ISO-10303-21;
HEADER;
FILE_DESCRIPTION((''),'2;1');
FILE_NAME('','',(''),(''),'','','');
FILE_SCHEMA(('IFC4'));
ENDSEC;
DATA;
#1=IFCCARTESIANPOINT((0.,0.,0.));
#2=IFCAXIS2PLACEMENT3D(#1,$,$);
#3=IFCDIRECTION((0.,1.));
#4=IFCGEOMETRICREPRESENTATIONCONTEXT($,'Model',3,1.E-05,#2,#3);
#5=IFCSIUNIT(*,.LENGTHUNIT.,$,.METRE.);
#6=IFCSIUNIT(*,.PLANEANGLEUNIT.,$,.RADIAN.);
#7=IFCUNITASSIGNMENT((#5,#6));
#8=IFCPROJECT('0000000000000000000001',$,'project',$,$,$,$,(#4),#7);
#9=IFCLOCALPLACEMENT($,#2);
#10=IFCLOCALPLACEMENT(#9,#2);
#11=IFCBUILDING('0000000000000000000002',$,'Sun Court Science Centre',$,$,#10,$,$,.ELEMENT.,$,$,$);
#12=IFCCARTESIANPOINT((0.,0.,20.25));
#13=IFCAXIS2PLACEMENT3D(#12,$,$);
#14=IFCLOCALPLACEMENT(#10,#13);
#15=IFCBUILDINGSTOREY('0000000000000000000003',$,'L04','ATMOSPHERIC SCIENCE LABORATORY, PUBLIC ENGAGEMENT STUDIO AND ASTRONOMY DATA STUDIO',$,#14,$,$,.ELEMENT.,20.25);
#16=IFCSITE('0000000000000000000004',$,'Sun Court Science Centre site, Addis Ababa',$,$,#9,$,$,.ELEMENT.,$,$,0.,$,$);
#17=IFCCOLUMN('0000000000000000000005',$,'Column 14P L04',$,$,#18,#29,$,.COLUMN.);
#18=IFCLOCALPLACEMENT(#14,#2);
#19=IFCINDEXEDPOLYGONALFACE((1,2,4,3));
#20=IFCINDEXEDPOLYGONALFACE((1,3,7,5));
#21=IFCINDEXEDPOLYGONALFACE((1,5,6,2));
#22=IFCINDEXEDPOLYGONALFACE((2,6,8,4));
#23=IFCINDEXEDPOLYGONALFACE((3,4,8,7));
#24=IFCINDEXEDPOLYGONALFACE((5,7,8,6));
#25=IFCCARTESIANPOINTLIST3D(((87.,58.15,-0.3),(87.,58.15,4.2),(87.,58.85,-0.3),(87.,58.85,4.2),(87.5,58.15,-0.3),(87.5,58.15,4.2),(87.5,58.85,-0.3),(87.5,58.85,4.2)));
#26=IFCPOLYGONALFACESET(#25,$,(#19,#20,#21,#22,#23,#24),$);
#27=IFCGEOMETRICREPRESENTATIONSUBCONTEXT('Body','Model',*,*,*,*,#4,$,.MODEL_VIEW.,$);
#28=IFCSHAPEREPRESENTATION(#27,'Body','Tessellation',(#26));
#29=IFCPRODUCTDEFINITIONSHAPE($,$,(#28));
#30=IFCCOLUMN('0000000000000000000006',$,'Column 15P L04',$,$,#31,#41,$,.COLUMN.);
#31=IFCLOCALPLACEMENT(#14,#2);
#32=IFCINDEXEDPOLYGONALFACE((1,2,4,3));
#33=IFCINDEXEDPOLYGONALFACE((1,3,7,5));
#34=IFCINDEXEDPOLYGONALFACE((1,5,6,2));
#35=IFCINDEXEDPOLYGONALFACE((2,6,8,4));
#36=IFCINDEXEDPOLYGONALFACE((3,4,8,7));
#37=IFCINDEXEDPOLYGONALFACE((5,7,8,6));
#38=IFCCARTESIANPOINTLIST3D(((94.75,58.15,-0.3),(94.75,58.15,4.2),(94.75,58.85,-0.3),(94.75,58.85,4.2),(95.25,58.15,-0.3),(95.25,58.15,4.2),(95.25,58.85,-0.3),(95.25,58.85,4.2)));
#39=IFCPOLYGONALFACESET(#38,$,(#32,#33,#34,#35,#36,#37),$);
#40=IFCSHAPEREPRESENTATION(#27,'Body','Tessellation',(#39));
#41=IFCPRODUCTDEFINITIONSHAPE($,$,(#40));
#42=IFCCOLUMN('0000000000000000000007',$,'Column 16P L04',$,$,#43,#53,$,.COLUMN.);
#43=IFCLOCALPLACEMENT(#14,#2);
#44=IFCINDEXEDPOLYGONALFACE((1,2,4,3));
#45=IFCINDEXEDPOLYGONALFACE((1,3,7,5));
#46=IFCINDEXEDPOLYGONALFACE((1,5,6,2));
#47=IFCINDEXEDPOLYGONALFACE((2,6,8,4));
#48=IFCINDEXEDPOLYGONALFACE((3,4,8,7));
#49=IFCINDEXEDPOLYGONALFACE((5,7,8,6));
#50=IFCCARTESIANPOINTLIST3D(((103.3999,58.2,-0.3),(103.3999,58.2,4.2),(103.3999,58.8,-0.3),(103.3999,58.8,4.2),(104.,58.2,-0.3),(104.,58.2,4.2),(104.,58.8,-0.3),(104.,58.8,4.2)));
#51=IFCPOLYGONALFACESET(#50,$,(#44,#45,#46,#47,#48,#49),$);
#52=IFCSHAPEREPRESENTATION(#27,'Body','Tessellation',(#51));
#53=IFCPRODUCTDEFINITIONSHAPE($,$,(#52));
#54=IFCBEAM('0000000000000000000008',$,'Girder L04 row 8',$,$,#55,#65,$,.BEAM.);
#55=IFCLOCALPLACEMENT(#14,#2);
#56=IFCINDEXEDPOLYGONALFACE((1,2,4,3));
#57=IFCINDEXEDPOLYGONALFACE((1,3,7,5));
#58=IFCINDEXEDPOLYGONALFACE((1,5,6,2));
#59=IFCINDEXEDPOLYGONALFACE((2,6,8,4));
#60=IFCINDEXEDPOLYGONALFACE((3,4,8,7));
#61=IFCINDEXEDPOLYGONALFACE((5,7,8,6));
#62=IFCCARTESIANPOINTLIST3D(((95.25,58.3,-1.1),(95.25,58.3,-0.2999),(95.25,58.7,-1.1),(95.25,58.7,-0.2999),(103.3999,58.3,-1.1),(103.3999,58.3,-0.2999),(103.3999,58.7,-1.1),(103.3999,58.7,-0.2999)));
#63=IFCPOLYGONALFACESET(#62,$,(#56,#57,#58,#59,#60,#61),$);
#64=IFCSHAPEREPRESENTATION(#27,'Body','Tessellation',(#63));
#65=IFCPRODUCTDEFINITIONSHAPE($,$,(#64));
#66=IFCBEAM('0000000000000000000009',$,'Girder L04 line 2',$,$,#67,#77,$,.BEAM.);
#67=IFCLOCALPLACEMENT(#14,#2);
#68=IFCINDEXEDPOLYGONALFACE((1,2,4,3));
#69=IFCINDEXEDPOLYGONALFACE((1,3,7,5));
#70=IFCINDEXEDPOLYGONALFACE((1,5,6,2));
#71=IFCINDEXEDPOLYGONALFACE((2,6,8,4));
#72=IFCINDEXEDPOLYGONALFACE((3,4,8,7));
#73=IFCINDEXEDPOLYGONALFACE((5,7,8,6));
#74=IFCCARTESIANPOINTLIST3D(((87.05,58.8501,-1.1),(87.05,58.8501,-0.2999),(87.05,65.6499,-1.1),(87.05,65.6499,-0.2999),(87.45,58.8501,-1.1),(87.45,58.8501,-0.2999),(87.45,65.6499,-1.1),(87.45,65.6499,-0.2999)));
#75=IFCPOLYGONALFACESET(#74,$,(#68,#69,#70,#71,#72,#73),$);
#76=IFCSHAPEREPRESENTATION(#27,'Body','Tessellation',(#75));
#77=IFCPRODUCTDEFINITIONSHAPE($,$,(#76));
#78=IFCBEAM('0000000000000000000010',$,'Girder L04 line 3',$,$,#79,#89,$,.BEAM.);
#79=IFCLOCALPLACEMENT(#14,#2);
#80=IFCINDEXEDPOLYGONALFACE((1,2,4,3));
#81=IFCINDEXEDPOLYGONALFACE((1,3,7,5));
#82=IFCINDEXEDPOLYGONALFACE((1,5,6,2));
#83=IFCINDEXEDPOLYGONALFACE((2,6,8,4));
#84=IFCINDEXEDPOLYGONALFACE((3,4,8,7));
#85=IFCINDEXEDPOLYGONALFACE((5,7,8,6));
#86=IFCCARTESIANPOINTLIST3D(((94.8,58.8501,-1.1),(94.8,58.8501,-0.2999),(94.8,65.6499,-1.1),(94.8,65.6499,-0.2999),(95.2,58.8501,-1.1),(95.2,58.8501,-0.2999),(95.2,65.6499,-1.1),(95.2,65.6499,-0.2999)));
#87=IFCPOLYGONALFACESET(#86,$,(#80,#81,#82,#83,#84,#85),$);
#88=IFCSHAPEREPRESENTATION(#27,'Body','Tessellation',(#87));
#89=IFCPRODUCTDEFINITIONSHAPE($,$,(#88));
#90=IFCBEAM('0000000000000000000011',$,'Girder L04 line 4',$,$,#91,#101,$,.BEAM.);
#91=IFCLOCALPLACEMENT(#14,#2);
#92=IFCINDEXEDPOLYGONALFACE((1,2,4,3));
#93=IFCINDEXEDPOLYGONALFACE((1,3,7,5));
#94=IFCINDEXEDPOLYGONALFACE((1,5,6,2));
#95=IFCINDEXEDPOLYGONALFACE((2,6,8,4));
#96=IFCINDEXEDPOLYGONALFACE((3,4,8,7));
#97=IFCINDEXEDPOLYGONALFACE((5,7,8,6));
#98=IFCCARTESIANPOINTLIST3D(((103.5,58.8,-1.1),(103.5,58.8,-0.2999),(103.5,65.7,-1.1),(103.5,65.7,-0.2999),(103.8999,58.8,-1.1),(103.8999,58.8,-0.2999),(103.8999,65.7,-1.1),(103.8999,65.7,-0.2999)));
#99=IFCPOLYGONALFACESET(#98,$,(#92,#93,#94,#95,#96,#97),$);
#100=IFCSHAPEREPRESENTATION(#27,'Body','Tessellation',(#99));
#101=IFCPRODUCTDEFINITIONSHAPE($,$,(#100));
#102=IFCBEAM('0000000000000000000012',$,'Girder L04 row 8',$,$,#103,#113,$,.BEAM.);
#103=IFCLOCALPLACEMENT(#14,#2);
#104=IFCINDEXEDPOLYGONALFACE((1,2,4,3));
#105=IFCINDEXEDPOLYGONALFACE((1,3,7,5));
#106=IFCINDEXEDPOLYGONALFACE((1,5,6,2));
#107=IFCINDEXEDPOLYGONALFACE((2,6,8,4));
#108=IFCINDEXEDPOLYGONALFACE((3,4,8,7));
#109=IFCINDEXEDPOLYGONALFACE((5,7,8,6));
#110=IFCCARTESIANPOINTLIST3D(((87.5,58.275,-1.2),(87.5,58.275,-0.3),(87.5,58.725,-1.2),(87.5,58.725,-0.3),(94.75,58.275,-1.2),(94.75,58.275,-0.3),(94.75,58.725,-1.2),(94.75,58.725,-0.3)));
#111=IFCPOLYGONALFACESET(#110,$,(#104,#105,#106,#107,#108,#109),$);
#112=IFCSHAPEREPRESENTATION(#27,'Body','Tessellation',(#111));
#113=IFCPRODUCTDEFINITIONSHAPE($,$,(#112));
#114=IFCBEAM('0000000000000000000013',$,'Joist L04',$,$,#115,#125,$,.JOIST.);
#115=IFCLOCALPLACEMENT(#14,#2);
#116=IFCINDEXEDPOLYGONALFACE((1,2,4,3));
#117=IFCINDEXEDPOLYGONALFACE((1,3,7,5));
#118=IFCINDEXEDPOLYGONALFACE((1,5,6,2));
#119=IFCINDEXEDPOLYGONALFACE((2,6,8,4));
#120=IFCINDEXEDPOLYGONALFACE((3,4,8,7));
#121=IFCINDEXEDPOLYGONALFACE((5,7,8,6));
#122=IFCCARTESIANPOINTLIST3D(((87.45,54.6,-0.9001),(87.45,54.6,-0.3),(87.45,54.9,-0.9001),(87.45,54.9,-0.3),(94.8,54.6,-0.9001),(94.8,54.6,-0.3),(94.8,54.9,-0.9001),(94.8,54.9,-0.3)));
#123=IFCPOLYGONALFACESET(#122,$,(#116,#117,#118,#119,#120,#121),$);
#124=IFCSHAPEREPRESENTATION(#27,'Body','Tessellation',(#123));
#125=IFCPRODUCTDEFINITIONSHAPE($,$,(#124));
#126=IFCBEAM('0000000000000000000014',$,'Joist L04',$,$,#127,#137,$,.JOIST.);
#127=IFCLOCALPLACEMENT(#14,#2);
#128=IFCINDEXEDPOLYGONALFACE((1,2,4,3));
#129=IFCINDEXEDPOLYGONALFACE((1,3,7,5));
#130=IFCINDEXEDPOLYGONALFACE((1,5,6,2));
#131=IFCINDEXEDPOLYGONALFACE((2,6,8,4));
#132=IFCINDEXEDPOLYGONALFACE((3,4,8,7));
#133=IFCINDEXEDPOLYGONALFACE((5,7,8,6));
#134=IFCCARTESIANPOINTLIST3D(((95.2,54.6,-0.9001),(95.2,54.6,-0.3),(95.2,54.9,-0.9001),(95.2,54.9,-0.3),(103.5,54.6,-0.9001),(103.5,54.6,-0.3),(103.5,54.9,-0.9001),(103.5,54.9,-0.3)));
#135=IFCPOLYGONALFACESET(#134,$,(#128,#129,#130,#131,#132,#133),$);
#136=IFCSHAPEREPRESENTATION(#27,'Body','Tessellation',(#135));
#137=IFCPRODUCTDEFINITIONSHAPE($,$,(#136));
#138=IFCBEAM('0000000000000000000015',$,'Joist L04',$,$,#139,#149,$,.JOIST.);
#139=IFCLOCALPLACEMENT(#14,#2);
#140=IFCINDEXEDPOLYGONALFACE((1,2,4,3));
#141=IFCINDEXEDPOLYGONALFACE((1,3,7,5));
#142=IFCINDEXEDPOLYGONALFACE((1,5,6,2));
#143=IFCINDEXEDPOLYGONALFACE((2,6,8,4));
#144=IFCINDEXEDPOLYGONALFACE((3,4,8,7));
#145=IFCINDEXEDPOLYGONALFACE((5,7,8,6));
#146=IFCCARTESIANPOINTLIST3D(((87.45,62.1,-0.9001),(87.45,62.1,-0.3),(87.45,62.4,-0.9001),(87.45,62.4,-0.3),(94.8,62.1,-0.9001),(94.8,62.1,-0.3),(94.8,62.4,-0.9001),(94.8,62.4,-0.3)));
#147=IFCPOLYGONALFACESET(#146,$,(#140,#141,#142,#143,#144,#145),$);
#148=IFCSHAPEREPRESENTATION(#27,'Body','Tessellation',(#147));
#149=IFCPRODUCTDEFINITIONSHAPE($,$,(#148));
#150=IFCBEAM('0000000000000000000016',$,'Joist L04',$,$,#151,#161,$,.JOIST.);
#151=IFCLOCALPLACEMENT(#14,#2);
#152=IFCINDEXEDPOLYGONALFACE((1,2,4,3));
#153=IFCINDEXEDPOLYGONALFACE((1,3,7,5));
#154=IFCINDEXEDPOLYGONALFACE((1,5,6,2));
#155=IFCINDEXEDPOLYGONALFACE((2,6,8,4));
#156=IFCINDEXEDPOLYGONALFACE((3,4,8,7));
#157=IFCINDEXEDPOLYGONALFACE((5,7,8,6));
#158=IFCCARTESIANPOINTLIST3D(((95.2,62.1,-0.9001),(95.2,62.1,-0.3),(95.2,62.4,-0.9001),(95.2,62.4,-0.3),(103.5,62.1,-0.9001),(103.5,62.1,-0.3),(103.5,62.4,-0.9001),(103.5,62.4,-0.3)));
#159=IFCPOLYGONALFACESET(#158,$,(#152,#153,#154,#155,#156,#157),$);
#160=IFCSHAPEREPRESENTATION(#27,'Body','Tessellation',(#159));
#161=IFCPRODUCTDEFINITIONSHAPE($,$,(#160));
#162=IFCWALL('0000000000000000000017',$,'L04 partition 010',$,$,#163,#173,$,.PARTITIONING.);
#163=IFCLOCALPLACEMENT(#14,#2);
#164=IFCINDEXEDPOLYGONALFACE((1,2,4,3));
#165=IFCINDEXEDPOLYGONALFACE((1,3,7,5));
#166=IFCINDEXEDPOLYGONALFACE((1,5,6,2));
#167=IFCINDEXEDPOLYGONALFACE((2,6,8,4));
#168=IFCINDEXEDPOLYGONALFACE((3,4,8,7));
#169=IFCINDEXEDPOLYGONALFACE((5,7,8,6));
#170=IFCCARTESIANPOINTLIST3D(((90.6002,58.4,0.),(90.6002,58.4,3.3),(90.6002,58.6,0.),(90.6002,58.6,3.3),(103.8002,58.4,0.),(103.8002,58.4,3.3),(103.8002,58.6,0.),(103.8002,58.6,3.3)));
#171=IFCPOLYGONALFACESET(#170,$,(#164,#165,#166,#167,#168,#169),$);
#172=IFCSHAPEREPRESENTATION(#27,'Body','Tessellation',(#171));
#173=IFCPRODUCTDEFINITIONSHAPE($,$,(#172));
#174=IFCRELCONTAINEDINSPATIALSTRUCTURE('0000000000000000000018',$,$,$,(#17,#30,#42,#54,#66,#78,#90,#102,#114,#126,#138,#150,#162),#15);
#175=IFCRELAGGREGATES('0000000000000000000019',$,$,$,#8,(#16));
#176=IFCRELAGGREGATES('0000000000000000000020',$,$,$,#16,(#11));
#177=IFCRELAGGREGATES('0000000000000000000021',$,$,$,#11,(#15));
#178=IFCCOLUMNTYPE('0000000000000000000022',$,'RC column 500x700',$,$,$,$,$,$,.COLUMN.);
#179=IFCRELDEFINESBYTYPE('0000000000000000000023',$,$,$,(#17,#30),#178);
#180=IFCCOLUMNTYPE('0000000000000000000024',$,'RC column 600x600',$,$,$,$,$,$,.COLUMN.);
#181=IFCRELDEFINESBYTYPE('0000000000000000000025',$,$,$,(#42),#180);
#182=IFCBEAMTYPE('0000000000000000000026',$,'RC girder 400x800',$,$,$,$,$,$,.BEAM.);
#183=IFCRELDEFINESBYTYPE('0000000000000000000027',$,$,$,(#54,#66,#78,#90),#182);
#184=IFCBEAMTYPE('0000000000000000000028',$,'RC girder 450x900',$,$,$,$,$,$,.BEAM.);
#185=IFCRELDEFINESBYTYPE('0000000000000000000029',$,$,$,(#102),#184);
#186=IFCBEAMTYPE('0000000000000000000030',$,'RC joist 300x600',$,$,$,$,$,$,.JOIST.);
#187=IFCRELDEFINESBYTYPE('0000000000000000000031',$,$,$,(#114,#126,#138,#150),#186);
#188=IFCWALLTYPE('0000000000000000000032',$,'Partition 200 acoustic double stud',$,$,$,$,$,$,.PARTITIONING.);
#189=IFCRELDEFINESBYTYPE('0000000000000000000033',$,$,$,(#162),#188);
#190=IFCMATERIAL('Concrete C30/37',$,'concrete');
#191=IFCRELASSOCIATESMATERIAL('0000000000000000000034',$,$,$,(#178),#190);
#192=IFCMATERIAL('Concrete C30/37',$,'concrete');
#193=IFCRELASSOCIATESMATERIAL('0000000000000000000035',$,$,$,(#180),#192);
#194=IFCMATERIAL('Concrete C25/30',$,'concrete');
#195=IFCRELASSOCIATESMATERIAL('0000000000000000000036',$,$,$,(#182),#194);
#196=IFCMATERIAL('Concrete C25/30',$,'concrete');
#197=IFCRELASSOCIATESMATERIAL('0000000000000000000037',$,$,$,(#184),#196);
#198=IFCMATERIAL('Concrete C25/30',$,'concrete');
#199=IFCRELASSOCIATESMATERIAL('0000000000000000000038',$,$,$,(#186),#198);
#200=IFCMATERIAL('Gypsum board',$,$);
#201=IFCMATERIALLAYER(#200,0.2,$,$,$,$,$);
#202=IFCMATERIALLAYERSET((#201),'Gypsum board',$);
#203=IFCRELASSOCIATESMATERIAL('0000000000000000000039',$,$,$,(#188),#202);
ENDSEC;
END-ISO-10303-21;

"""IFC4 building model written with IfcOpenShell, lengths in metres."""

from ifc_helpers import new_model, si_unit, direction, frame, frame_2d, origin, origin_2d, place, context, subcontext, project, spatial, rectangle, extrude, material, layer, layer_set, material_profile, profile_set, type_object, element, save


model = new_model("IFC4")

# Units and contexts
model_context = context("Model", 3, precision=1e-05, world=origin(), true_north=direction((0.0, 1.0)))
body_context = subcontext(model_context, "Body", "Model", "MODEL_VIEW")
ifc_project = project(units=[si_unit("LENGTHUNIT", "METRE"), si_unit("PLANEANGLEUNIT", "RADIAN")], contexts=[model_context])

# Site, building, storey
site_placement = place(None, origin())
site = spatial("IfcSite", under=ifc_project, at=site_placement, Name="Sun Court Science Centre site, Addis Ababa", CompositionType="ELEMENT", RefElevation=0.0)
building_placement = place(site_placement, origin())
building = spatial("IfcBuilding", under=site, at=building_placement, Name="Sun Court Science Centre", CompositionType="ELEMENT")
storey_placement = place(building_placement, frame((0.0, 0.0, 20.25)))
storey = spatial("IfcBuildingStorey", under=building, at=storey_placement, Name="L04", Description="ATMOSPHERIC SCIENCE LABORATORY, PUBLIC ENGAGEMENT STUDIO AND ASTRONOMY DATA STUDIO", CompositionType="ELEMENT", Elevation=20.25)

# Columns
ifc_material_1 = material(Name="Concrete C30/37", Category="concrete")
ifc_material_profile_1 = material_profile(ifc_material_1, rectangle(XDim=0.5, YDim=0.7, at=origin_2d()), Name="RC 500x700")
ifc_profile_set_1 = profile_set([ifc_material_profile_1], Name="Concrete C30/37")
column_type_1 = type_object("IfcColumnType", Name="RC column 500x700", PredefinedType="COLUMN", material=ifc_profile_set_1)
for number, where, z_axis, x_axis, name in (
    (1, (87.25, 58.5, -0.3), (0.0, 0.0, 1.0), (1.0, 0.0, 0.0), "Column 14P L04"),
    (2, (95.0, 58.5, -0.3), (0.0, 0.0, 1.0), (1.0, 0.0, 0.0), "Column 15P L04"),
):
    element("IfcColumn", number, at=place(storey_placement, frame(where, z_axis=z_axis, x_axis=x_axis)), inside=storey, type_object=column_type_1, Name=name, PredefinedType="COLUMN", context=body_context, shape_type="SweptSolid", body=[
        extrude(rectangle(XDim=0.5, YDim=0.7, at=origin_2d()), origin(), (0.0, 0.0, 1.0), 4.5),
    ])
ifc_material_2 = material(Name="Concrete C30/37", Category="concrete")
ifc_material_profile_2 = material_profile(ifc_material_2, rectangle(XDim=0.6001, YDim=0.6001, at=origin_2d()), Name="RC 600x600")
ifc_profile_set_2 = profile_set([ifc_material_profile_2], Name="Concrete C30/37")
column_type_2 = type_object("IfcColumnType", Name="RC column 600x600", PredefinedType="COLUMN", material=ifc_profile_set_2)
column_placement = place(storey_placement, frame((103.7, 58.5, -0.3), z_axis=(0.0, 0.0, 1.0), x_axis=(1.0, 0.0, 0.0)))
element("IfcColumn", 3, at=column_placement, inside=storey, type_object=column_type_2, Name="Column 16P L04", PredefinedType="COLUMN", context=body_context, shape_type="SweptSolid", body=[
    extrude(rectangle(XDim=0.6001, YDim=0.6001, at=origin_2d()), origin(), (0.0, 0.0, 1.0), 4.5),
])

# Beams
ifc_material_3 = material(Name="Concrete C25/30", Category="concrete")
ifc_material_profile_3 = material_profile(ifc_material_3, rectangle(XDim=0.3999, YDim=0.8, at=origin_2d()), Name="RC 400x800")
ifc_profile_set_3 = profile_set([ifc_material_profile_3], Name="Concrete C25/30")
beam_type_1 = type_object("IfcBeamType", Name="RC girder 400x800", PredefinedType="BEAM", material=ifc_profile_set_3)
beam_1_placement = place(storey_placement, frame((95.25, 58.5, -0.7), z_axis=(1.0, 0.0, 0.0), x_axis=(0.0, 1.0, 0.0)))
element("IfcBeam", 4, at=beam_1_placement, inside=storey, type_object=beam_type_1, Name="Girder L04 row 8", PredefinedType="BEAM", context=body_context, shape_type="SweptSolid", body=[
    extrude(rectangle(XDim=0.3999, YDim=0.8, at=origin_2d()), origin(), (0.0, 0.0, 1.0), 8.1499),
])
for number, where, z_axis, x_axis, name in (
    (5, (87.25, 58.8501, -0.7), (0.0, 1.0, 0.0), (-1.0, 0.0, 0.0), "Girder L04 line 2"),
    (6, (95.0, 58.8501, -0.7), (0.0, 1.0, 0.0), (-1.0, 0.0, 0.0), "Girder L04 line 3"),
):
    element("IfcBeam", number, at=place(storey_placement, frame(where, z_axis=z_axis, x_axis=x_axis)), inside=storey, type_object=beam_type_1, Name=name, PredefinedType="BEAM", context=body_context, shape_type="SweptSolid", body=[
        extrude(rectangle(XDim=0.3999, YDim=0.8, at=origin_2d()), origin(), (0.0, 0.0, 1.0), 6.7998),
    ])
beam_2_placement = place(storey_placement, frame((103.7, 58.8, -0.7), z_axis=(0.0, 1.0, 0.0), x_axis=(-1.0, 0.0, 0.0)))
element("IfcBeam", 7, at=beam_2_placement, inside=storey, type_object=beam_type_1, Name="Girder L04 line 4", PredefinedType="BEAM", context=body_context, shape_type="SweptSolid", body=[
    extrude(rectangle(XDim=0.3999, YDim=0.8, at=origin_2d()), origin(), (0.0, 0.0, 1.0), 6.8999),
])
ifc_material_4 = material(Name="Concrete C25/30", Category="concrete")
ifc_material_profile_4 = material_profile(ifc_material_4, rectangle(XDim=0.45, YDim=0.8999, at=origin_2d()), Name="RC 450x900")
ifc_profile_set_4 = profile_set([ifc_material_profile_4], Name="Concrete C25/30")
beam_type_2 = type_object("IfcBeamType", Name="RC girder 450x900", PredefinedType="BEAM", material=ifc_profile_set_4)
beam_3_placement = place(storey_placement, frame((87.5, 58.5, -0.75), z_axis=(1.0, 0.0, 0.0), x_axis=(0.0, 1.0, 0.0)))
element("IfcBeam", 8, at=beam_3_placement, inside=storey, type_object=beam_type_2, Name="Girder L04 row 8", PredefinedType="BEAM", context=body_context, shape_type="SweptSolid", body=[
    extrude(rectangle(XDim=0.45, YDim=0.8999, at=origin_2d()), origin(), (0.0, 0.0, 1.0), 7.25),
])
ifc_material_5 = material(Name="Concrete C25/30", Category="concrete")
ifc_material_profile_5 = material_profile(ifc_material_5, rectangle(XDim=0.3, YDim=0.6001, at=origin_2d()), Name="RC 300x600")
ifc_profile_set_5 = profile_set([ifc_material_profile_5], Name="Concrete C25/30")
beam_type_3 = type_object("IfcBeamType", Name="RC joist 300x600", PredefinedType="JOIST", material=ifc_profile_set_5)
beam_4_placement = place(storey_placement, frame((87.45, 54.75, -0.6001), z_axis=(1.0, 0.0, 0.0), x_axis=(0.0, 1.0, 0.0)))
element("IfcBeam", 9, at=beam_4_placement, inside=storey, type_object=beam_type_3, Name="Joist L04", PredefinedType="JOIST", context=body_context, shape_type="SweptSolid", body=[
    extrude(rectangle(XDim=0.3, YDim=0.6001, at=origin_2d()), origin(), (0.0, 0.0, 1.0), 7.3501),
])
beam_5_placement = place(storey_placement, frame((95.2, 54.75, -0.6001), z_axis=(1.0, 0.0, 0.0), x_axis=(0.0, 1.0, 0.0)))
element("IfcBeam", 10, at=beam_5_placement, inside=storey, type_object=beam_type_3, Name="Joist L04", PredefinedType="JOIST", context=body_context, shape_type="SweptSolid", body=[
    extrude(rectangle(XDim=0.3, YDim=0.6001, at=origin_2d()), origin(), (0.0, 0.0, 1.0), 8.3),
])
beam_6_placement = place(storey_placement, frame((87.45, 62.25, -0.6001), z_axis=(1.0, 0.0, 0.0), x_axis=(0.0, 1.0, 0.0)))
element("IfcBeam", 11, at=beam_6_placement, inside=storey, type_object=beam_type_3, Name="Joist L04", PredefinedType="JOIST", context=body_context, shape_type="SweptSolid", body=[
    extrude(rectangle(XDim=0.3, YDim=0.6001, at=origin_2d()), origin(), (0.0, 0.0, 1.0), 7.3501),
])
beam_7_placement = place(storey_placement, frame((95.2, 62.25, -0.6001), z_axis=(1.0, 0.0, 0.0), x_axis=(0.0, 1.0, 0.0)))
element("IfcBeam", 12, at=beam_7_placement, inside=storey, type_object=beam_type_3, Name="Joist L04", PredefinedType="JOIST", context=body_context, shape_type="SweptSolid", body=[
    extrude(rectangle(XDim=0.3, YDim=0.6001, at=origin_2d()), origin(), (0.0, 0.0, 1.0), 8.3),
])

# Wall
ifc_material_6 = material(Name="Gypsum board")
ifc_layer_1 = layer(ifc_material_6, 0.2)
ifc_layer_set_1 = layer_set([ifc_layer_1], Name="Gypsum board")
wall_type_1 = type_object("IfcWallType", Name="Partition 200 acoustic double stud", PredefinedType="PARTITIONING", material=ifc_layer_set_1)
wall_1_placement = place(storey_placement, frame((90.6001, 58.5, 0.0), z_axis=(0.0, 0.0, 1.0), x_axis=(1.0, 0.0, 0.0)))
element("IfcWall", 13, at=wall_1_placement, inside=storey, type_object=wall_type_1, Name="L04 partition 010", PredefinedType="PARTITIONING", context=body_context, shape_type="SweptSolid", body=[
    extrude(rectangle(XDim=13.2, YDim=0.2, at=frame_2d((6.6001, 0.0))), origin(), (0.0, 0.0, 1.0), 3.3),
])

save(model, "model.ifc")
